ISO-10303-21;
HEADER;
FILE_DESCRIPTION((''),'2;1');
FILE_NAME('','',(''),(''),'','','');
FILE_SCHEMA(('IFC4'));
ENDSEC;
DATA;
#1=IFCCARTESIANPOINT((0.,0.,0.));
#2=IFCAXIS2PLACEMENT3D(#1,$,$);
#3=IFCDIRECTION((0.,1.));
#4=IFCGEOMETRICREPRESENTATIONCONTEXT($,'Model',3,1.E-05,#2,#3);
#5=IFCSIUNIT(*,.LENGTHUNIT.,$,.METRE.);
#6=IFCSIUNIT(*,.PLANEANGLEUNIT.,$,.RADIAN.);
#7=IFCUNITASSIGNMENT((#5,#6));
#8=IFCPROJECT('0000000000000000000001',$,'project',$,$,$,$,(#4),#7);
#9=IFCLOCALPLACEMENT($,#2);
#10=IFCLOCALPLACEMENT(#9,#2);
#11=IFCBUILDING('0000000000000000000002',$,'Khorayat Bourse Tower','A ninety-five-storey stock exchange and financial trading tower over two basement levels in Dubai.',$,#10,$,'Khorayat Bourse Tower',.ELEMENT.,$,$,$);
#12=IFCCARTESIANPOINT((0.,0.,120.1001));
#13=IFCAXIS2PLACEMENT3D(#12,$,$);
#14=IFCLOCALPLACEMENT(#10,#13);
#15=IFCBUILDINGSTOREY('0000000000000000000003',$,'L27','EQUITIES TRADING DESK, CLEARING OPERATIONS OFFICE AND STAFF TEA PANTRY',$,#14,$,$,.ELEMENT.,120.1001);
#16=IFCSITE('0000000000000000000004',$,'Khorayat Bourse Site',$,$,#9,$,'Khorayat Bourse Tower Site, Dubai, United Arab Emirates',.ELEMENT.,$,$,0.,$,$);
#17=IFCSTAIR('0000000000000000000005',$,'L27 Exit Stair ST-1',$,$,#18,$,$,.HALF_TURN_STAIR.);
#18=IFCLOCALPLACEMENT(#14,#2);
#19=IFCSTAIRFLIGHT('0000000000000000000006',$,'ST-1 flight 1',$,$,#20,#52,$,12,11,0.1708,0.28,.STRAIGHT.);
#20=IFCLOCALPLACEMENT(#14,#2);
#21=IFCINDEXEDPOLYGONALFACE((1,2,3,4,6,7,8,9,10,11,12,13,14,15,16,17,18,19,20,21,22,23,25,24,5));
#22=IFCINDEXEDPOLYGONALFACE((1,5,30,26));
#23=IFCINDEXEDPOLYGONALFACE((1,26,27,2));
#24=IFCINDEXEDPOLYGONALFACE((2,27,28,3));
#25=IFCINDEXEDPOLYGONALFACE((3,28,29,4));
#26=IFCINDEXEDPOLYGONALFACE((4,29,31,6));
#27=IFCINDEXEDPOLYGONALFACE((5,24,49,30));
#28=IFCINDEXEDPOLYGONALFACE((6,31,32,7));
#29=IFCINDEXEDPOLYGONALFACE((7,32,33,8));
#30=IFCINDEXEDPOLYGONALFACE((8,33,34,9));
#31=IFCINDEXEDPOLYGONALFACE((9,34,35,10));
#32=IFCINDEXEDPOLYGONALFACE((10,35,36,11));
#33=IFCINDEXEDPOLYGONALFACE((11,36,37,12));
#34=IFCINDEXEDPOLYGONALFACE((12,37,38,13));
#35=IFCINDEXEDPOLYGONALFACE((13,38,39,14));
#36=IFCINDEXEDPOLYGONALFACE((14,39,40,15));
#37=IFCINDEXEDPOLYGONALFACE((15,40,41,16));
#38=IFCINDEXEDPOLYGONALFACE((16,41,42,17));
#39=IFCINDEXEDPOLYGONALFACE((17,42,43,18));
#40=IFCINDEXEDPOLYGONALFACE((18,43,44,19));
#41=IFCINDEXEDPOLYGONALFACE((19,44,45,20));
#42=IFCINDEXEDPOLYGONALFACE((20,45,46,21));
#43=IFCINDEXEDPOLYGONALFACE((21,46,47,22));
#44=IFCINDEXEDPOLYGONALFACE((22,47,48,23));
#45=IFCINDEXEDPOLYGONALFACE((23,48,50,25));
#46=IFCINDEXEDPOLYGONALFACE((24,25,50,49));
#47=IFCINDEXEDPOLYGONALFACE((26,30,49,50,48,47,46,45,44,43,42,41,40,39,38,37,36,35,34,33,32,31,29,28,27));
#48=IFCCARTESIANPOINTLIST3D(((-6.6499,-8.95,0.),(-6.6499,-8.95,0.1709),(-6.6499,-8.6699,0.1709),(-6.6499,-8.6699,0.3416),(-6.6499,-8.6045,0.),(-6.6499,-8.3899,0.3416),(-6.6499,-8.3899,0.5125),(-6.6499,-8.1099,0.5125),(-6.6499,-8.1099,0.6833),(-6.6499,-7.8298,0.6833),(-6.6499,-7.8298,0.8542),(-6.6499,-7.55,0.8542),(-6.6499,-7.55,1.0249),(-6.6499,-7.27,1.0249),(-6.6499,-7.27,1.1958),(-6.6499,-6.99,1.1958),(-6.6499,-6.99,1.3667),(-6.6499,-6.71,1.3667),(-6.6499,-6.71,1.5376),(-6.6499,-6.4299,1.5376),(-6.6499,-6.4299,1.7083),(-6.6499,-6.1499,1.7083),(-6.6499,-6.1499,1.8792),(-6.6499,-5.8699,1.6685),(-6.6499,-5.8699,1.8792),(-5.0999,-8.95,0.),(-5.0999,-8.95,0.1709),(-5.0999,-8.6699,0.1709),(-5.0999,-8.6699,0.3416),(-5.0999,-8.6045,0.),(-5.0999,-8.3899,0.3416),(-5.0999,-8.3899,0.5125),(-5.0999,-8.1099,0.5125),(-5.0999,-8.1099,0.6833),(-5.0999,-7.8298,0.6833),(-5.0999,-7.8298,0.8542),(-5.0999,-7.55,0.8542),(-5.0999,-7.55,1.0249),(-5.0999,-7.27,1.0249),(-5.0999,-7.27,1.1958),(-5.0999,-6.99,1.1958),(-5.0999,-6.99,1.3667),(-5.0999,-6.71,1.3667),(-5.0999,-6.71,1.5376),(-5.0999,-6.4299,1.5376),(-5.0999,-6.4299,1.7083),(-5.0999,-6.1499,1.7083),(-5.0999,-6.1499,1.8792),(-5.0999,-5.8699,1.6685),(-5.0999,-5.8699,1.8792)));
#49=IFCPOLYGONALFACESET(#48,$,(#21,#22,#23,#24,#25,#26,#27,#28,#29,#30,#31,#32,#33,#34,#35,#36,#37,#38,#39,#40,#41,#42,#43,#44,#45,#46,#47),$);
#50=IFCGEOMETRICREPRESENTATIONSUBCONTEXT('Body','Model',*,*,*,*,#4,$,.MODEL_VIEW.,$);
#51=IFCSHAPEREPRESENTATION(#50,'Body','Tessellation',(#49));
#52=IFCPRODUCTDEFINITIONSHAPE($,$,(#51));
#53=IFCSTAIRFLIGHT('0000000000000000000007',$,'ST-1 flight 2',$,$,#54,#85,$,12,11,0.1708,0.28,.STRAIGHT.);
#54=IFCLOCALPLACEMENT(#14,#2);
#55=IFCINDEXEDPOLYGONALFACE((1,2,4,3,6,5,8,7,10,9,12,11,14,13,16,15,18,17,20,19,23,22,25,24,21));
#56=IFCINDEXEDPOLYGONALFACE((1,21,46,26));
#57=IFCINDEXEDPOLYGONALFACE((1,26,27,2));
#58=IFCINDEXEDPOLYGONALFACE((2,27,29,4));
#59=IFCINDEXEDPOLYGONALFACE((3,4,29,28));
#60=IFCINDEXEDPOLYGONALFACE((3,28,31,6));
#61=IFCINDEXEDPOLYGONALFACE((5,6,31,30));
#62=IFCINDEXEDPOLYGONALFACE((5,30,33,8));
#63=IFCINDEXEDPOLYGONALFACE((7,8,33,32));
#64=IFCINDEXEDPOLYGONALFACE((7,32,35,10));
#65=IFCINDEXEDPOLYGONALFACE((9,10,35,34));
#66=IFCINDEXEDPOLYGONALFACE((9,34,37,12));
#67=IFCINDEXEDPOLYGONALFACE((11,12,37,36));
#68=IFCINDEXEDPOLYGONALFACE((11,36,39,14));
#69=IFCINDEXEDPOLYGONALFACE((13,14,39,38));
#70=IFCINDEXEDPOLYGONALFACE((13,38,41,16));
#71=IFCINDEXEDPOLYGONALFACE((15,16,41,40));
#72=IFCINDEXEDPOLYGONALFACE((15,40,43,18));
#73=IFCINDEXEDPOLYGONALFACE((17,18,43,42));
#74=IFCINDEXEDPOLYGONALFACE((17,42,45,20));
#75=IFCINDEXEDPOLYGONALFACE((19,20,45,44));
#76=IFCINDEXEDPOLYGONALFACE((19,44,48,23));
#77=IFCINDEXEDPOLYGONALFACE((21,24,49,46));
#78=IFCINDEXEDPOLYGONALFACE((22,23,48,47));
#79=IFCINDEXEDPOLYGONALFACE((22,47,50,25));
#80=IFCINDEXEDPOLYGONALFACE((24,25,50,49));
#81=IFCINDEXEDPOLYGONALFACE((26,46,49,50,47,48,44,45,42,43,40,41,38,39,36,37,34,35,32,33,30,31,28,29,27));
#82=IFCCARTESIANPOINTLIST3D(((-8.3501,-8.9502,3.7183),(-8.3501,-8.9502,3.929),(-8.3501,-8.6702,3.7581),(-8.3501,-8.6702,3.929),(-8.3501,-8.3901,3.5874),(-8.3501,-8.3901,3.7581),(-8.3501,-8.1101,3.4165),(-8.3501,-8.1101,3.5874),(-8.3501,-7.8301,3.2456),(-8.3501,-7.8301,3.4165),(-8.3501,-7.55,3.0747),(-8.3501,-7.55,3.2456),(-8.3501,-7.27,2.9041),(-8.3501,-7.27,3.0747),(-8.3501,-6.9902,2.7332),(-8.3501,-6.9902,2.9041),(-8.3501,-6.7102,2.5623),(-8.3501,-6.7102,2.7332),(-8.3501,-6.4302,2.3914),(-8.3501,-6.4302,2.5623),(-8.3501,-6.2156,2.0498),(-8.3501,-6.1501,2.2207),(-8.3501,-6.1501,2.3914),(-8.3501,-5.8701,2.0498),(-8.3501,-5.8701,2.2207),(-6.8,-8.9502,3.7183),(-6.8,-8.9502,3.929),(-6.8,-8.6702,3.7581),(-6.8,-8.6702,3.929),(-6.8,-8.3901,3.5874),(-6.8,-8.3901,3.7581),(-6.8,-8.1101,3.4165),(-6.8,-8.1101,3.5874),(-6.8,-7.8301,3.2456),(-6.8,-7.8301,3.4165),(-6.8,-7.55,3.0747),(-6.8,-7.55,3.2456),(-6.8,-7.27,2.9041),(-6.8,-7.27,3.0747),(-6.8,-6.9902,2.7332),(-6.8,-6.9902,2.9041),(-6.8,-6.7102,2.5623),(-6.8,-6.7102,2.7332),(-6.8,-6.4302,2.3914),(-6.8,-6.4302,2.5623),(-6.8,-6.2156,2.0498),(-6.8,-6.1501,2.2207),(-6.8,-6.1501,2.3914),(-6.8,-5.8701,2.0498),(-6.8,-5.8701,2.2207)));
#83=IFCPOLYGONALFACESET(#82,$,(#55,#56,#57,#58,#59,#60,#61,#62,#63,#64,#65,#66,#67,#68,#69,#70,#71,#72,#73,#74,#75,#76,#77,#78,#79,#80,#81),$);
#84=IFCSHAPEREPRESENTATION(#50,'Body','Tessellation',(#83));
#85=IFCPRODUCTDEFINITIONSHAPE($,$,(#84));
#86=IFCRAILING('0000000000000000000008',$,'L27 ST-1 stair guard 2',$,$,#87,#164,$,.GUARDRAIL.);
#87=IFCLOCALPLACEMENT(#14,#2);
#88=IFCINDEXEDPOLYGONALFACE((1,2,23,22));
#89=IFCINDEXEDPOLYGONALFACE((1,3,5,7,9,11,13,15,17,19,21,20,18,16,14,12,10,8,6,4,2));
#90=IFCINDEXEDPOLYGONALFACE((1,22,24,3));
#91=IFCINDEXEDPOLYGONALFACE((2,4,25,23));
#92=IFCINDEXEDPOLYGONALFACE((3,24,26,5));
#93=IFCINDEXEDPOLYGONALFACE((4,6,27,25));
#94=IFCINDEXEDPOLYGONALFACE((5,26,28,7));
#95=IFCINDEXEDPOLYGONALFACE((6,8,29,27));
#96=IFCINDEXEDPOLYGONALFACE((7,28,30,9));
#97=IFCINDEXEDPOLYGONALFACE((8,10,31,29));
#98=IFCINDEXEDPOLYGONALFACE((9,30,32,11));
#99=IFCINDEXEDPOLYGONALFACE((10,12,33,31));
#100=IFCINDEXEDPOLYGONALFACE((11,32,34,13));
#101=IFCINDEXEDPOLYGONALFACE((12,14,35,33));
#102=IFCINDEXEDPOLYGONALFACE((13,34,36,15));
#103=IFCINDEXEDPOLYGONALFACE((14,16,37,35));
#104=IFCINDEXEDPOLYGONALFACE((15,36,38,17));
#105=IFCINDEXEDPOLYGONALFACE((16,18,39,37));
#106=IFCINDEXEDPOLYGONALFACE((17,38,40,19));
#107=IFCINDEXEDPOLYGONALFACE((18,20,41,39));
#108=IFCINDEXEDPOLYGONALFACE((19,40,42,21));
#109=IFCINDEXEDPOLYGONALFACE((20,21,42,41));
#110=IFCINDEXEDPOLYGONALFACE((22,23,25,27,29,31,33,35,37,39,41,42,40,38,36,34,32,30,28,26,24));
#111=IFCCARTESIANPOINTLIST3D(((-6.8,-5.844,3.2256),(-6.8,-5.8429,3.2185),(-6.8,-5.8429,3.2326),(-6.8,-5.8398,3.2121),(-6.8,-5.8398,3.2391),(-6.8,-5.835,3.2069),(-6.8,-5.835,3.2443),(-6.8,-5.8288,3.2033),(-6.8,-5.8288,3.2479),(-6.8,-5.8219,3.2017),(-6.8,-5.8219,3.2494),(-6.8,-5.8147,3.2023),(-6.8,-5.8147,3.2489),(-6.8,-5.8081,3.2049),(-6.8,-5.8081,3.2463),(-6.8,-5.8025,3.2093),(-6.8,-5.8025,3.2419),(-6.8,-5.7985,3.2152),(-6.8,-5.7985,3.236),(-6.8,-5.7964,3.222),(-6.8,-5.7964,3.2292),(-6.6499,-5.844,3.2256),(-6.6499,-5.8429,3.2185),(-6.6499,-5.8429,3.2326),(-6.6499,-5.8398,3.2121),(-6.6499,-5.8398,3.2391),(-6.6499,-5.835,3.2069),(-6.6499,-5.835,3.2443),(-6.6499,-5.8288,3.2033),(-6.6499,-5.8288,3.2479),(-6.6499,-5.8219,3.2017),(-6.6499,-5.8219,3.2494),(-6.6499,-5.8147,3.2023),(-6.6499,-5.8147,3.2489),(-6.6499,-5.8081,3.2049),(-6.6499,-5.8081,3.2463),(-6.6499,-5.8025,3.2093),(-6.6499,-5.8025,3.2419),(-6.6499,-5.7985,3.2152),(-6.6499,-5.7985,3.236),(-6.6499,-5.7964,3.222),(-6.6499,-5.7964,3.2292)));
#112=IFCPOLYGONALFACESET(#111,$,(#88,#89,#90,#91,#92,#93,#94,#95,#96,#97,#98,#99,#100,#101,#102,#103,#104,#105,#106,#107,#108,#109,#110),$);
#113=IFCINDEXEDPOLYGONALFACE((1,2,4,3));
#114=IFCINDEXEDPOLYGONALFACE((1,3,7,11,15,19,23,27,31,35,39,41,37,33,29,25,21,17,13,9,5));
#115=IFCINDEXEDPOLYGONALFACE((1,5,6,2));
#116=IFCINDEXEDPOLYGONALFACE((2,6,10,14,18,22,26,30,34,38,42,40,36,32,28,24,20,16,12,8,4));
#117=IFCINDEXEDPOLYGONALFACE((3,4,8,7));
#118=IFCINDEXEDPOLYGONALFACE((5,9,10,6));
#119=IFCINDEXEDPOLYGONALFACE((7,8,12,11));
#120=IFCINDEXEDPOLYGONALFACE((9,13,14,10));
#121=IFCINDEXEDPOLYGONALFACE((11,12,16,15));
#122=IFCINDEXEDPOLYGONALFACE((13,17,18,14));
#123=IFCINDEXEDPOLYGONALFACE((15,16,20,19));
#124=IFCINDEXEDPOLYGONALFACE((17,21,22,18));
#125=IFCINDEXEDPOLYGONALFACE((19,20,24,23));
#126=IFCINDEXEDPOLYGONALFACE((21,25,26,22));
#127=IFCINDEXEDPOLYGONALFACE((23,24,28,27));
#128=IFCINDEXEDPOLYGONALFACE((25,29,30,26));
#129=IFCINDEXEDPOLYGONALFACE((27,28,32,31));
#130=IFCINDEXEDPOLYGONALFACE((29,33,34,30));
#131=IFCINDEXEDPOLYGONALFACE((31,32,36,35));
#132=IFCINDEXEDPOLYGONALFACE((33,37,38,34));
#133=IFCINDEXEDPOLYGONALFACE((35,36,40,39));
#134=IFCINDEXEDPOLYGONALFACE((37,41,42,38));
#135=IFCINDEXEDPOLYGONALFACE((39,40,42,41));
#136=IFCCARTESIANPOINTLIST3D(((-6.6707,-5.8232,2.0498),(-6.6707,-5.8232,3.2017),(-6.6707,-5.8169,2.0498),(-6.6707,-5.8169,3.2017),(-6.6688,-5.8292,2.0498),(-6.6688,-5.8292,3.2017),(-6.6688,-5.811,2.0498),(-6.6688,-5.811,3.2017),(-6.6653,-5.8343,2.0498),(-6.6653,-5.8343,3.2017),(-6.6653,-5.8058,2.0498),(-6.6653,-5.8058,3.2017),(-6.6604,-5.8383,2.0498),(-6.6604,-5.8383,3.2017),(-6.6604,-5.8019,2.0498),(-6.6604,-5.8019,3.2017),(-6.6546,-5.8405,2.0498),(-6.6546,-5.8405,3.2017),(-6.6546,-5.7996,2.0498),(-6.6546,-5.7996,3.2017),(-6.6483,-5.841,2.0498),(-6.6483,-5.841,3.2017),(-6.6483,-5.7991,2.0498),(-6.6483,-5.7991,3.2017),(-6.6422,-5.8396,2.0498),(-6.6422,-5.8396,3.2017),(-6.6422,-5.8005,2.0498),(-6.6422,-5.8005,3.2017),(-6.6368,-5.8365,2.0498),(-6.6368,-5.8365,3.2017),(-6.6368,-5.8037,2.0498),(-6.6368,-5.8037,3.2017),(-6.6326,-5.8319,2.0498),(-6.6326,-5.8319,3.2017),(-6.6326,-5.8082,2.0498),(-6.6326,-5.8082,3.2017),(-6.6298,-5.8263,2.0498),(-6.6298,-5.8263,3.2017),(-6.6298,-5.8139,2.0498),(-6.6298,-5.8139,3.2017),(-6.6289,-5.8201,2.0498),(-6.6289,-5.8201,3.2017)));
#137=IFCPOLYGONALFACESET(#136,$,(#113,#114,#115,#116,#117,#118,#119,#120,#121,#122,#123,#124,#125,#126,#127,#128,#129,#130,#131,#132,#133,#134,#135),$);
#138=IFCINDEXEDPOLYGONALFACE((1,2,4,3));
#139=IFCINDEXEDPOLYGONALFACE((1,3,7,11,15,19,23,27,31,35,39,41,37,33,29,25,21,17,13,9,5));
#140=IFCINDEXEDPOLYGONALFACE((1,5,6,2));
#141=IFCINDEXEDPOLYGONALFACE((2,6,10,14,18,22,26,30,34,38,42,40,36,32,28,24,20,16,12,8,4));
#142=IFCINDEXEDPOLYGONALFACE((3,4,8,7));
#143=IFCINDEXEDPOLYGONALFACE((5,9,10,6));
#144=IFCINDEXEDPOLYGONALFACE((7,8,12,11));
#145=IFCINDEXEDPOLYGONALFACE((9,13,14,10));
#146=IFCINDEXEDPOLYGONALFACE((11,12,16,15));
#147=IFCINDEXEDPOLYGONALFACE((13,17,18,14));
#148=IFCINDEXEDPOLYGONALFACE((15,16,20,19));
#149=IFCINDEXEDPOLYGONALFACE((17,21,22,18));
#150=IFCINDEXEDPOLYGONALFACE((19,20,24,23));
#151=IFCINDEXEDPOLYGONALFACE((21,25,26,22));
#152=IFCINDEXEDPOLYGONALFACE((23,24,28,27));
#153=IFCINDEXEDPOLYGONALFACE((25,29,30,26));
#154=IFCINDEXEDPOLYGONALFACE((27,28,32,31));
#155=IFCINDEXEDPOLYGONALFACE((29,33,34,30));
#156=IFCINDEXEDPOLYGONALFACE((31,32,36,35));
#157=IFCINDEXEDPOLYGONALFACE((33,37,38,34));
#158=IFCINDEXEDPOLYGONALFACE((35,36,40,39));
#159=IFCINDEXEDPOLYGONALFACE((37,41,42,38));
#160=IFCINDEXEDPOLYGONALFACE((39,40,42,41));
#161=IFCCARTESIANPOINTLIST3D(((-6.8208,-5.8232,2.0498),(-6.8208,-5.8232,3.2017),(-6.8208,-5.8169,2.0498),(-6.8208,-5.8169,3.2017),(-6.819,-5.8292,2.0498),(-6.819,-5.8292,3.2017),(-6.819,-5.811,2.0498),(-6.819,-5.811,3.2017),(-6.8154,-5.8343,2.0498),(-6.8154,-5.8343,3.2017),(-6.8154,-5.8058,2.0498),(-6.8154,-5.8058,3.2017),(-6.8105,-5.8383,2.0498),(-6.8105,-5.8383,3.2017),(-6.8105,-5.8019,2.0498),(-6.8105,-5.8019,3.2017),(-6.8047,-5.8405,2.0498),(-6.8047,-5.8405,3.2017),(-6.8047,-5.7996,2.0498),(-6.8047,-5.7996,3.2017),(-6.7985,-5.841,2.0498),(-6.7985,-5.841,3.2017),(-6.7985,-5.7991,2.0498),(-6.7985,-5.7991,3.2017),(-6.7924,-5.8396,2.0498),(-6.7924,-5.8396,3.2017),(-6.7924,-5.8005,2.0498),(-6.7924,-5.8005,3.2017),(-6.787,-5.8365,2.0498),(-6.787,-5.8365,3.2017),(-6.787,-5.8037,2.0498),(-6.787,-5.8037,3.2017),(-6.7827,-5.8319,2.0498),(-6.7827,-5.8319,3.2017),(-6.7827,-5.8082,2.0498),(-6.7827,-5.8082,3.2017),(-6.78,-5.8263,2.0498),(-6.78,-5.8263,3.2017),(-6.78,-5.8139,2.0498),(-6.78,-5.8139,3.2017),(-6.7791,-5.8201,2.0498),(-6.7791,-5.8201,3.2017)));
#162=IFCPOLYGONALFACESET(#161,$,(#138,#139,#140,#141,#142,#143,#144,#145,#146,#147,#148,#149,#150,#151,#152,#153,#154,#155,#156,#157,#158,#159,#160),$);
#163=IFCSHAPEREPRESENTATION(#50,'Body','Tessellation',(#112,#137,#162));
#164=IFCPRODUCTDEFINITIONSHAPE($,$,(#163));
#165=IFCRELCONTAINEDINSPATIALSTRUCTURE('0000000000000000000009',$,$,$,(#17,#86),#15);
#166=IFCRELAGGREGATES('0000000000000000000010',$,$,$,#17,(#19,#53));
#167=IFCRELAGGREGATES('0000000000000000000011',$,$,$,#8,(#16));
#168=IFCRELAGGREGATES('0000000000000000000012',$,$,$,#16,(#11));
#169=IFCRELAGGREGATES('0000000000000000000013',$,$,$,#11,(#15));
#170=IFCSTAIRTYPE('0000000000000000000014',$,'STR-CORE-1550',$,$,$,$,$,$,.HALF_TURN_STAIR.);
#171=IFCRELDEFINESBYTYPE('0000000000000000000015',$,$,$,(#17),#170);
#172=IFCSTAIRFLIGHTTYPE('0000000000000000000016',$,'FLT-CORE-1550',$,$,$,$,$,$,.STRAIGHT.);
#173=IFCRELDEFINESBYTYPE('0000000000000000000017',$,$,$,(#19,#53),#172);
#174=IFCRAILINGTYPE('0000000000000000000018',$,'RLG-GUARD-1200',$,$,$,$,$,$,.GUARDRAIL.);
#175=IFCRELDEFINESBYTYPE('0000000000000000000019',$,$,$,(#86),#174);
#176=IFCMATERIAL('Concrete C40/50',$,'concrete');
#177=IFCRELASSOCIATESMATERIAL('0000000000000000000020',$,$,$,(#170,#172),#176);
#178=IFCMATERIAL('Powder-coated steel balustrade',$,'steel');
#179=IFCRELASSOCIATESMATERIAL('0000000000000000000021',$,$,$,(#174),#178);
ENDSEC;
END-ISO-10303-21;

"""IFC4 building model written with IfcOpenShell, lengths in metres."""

from ifc_helpers import new_model, si_unit, direction, frame, origin, origin_2d, place, context, subcontext, project, spatial, polyline, circle, outline, extrude, source, transform, mapped, material, type_object, element, aggregate, save


model = new_model("IFC4")

# Units and contexts
model_context = context("Model", 3, precision=1e-05, world=origin(), true_north=direction((0.0, 1.0)))
body_context = subcontext(model_context, "Body", "Model", "MODEL_VIEW")
ifc_project = project(units=[si_unit("LENGTHUNIT", "METRE"), si_unit("PLANEANGLEUNIT", "RADIAN")], contexts=[model_context])

# Site, building, storey
site_placement = place(None, origin())
site = spatial("IfcSite", under=ifc_project, at=site_placement, Name="Khorayat Bourse Site", LongName="Khorayat Bourse Tower Site, Dubai, United Arab Emirates", CompositionType="ELEMENT", RefElevation=0.0)
building_placement = place(site_placement, origin())
building = spatial("IfcBuilding", under=site, at=building_placement, Name="Khorayat Bourse Tower", Description="A ninety-five-storey stock exchange and financial trading tower over two basement levels in Dubai.", LongName="Khorayat Bourse Tower", CompositionType="ELEMENT")
storey_placement = place(building_placement, frame((0.0, 0.0, 120.1001)))
storey = spatial("IfcBuildingStorey", under=building, at=storey_placement, Name="L27", Description="EQUITIES TRADING DESK, CLEARING OPERATIONS OFFICE AND STAFF TEA PANTRY", CompositionType="ELEMENT", Elevation=120.1001)

# Stair, stair flights
ifc_material_1 = material(Name="Concrete C40/50", Category="concrete")
stair_type = type_object("IfcStairType", Name="STR-CORE-1550", PredefinedType="HALF_TURN_STAIR", material=ifc_material_1)
stair_placement = place(storey_placement, origin())
stair = element("IfcStair", 1, at=stair_placement, inside=storey, type_object=stair_type, Name="L27 Exit Stair ST-1", PredefinedType="HALF_TURN_STAIR")
stair_flight_type = type_object("IfcStairFlightType", Name="FLT-CORE-1550", PredefinedType="STRAIGHT", material=ifc_material_1)
shared_shape_1 = source(origin(), body_context, "Body", "SweptSolid", [
    extrude(outline(polyline([(0.0, 0.0), (0.0, 0.1709), (0.28, 0.1709), (0.28, 0.3416), (0.5601, 0.3416), (0.5601, 0.5125), (0.8401, 0.5125), (0.8401, 0.6833), (1.1201, 0.6833), (1.1201, 0.8542), (1.3999, 0.8542), (1.3999, 1.0249), (1.6799, 1.0249), (1.6799, 1.1958), (1.96, 1.1958), (1.96, 1.3667), (2.24, 1.3667), (2.24, 1.5376), (2.52, 1.5376), (2.52, 1.7083), (2.8, 1.7083), (2.8, 1.8792), (3.0801, 1.8792), (3.0801, 2.05), (3.0801, 1.6685), (0.3455, 0.0), (0.0, 0.0)])), frame((0.0, 0.7749, 0.0), z_axis=(0.0, -1.0, 0.0), x_axis=(1.0, 0.0, 0.0)), (0.0, 0.0, 1.0), 1.55),
])
stair_flight_1_placement = place(storey_placement, frame((-5.875, -8.95, 0.0), z_axis=(0.0, 0.0, 1.0), x_axis=(0.0, 1.0, 0.0)))
stair_flight_1 = element("IfcStairFlight", 2, at=stair_flight_1_placement, type_object=stair_flight_type, Name="ST-1 flight 1", NumberOfRisers=12, NumberOfTreads=11, PredefinedType="STRAIGHT", RiserHeight=0.1708, TreadLength=0.28, context=body_context, shape_type="MappedRepresentation", body=[
    mapped(shared_shape_1, transform((0.0, 0.0, 0.0), scale=1.0)),
])
stair_flight_2_placement = place(storey_placement, frame((-7.575, -5.8701, 2.0498), z_axis=(0.0, 0.0, 1.0), x_axis=(0.0, -1.0, 0.0)))
stair_flight_2 = element("IfcStairFlight", 3, at=stair_flight_2_placement, type_object=stair_flight_type, Name="ST-1 flight 2", NumberOfRisers=12, NumberOfTreads=11, PredefinedType="STRAIGHT", RiserHeight=0.1708, TreadLength=0.28, context=body_context, shape_type="MappedRepresentation", body=[
    mapped(shared_shape_1, transform((0.0, 0.0, 0.0), scale=1.0)),
])
aggregate(stair, [stair_flight_1, stair_flight_2])

# Railing
ifc_material_2 = material(Name="Powder-coated steel balustrade", Category="steel")
railing_type_1 = type_object("IfcRailingType", Name="RLG-GUARD-1200", PredefinedType="GUARDRAIL", material=ifc_material_2)
shared_shape_2 = source(origin(), body_context, "Body", "SweptSolid", [
    extrude(circle(Radius=0.0239, at=origin_2d()), frame((0.0, 0.0, 1.1758), z_axis=(-1.0, 0.0, 0.0), x_axis=(0.0, -1.0, 0.0)), (0.0, 0.0, 1.0), 0.1501),
    extrude(circle(Radius=0.021, at=origin_2d()), origin(), (0.0, 0.0, 1.0), 1.1519),
    extrude(circle(Radius=0.021, at=origin_2d()), frame((-0.1501, 0.0, 0.0)), (0.0, 0.0, 1.0), 1.1519),
])
for number, where, name in (
    (4, (-6.6499, -5.8201, 2.0498), "L27 ST-1 stair guard 2"),
):
    element("IfcRailing", number, at=place(storey_placement, frame(where)), inside=storey, type_object=railing_type_1, Name=name, PredefinedType="GUARDRAIL", context=body_context, shape_type="MappedRepresentation", body=[
        mapped(shared_shape_2, transform((0.0, 0.0, 0.0), scale=1.0)),
    ])

save(model, "model.ifc")
